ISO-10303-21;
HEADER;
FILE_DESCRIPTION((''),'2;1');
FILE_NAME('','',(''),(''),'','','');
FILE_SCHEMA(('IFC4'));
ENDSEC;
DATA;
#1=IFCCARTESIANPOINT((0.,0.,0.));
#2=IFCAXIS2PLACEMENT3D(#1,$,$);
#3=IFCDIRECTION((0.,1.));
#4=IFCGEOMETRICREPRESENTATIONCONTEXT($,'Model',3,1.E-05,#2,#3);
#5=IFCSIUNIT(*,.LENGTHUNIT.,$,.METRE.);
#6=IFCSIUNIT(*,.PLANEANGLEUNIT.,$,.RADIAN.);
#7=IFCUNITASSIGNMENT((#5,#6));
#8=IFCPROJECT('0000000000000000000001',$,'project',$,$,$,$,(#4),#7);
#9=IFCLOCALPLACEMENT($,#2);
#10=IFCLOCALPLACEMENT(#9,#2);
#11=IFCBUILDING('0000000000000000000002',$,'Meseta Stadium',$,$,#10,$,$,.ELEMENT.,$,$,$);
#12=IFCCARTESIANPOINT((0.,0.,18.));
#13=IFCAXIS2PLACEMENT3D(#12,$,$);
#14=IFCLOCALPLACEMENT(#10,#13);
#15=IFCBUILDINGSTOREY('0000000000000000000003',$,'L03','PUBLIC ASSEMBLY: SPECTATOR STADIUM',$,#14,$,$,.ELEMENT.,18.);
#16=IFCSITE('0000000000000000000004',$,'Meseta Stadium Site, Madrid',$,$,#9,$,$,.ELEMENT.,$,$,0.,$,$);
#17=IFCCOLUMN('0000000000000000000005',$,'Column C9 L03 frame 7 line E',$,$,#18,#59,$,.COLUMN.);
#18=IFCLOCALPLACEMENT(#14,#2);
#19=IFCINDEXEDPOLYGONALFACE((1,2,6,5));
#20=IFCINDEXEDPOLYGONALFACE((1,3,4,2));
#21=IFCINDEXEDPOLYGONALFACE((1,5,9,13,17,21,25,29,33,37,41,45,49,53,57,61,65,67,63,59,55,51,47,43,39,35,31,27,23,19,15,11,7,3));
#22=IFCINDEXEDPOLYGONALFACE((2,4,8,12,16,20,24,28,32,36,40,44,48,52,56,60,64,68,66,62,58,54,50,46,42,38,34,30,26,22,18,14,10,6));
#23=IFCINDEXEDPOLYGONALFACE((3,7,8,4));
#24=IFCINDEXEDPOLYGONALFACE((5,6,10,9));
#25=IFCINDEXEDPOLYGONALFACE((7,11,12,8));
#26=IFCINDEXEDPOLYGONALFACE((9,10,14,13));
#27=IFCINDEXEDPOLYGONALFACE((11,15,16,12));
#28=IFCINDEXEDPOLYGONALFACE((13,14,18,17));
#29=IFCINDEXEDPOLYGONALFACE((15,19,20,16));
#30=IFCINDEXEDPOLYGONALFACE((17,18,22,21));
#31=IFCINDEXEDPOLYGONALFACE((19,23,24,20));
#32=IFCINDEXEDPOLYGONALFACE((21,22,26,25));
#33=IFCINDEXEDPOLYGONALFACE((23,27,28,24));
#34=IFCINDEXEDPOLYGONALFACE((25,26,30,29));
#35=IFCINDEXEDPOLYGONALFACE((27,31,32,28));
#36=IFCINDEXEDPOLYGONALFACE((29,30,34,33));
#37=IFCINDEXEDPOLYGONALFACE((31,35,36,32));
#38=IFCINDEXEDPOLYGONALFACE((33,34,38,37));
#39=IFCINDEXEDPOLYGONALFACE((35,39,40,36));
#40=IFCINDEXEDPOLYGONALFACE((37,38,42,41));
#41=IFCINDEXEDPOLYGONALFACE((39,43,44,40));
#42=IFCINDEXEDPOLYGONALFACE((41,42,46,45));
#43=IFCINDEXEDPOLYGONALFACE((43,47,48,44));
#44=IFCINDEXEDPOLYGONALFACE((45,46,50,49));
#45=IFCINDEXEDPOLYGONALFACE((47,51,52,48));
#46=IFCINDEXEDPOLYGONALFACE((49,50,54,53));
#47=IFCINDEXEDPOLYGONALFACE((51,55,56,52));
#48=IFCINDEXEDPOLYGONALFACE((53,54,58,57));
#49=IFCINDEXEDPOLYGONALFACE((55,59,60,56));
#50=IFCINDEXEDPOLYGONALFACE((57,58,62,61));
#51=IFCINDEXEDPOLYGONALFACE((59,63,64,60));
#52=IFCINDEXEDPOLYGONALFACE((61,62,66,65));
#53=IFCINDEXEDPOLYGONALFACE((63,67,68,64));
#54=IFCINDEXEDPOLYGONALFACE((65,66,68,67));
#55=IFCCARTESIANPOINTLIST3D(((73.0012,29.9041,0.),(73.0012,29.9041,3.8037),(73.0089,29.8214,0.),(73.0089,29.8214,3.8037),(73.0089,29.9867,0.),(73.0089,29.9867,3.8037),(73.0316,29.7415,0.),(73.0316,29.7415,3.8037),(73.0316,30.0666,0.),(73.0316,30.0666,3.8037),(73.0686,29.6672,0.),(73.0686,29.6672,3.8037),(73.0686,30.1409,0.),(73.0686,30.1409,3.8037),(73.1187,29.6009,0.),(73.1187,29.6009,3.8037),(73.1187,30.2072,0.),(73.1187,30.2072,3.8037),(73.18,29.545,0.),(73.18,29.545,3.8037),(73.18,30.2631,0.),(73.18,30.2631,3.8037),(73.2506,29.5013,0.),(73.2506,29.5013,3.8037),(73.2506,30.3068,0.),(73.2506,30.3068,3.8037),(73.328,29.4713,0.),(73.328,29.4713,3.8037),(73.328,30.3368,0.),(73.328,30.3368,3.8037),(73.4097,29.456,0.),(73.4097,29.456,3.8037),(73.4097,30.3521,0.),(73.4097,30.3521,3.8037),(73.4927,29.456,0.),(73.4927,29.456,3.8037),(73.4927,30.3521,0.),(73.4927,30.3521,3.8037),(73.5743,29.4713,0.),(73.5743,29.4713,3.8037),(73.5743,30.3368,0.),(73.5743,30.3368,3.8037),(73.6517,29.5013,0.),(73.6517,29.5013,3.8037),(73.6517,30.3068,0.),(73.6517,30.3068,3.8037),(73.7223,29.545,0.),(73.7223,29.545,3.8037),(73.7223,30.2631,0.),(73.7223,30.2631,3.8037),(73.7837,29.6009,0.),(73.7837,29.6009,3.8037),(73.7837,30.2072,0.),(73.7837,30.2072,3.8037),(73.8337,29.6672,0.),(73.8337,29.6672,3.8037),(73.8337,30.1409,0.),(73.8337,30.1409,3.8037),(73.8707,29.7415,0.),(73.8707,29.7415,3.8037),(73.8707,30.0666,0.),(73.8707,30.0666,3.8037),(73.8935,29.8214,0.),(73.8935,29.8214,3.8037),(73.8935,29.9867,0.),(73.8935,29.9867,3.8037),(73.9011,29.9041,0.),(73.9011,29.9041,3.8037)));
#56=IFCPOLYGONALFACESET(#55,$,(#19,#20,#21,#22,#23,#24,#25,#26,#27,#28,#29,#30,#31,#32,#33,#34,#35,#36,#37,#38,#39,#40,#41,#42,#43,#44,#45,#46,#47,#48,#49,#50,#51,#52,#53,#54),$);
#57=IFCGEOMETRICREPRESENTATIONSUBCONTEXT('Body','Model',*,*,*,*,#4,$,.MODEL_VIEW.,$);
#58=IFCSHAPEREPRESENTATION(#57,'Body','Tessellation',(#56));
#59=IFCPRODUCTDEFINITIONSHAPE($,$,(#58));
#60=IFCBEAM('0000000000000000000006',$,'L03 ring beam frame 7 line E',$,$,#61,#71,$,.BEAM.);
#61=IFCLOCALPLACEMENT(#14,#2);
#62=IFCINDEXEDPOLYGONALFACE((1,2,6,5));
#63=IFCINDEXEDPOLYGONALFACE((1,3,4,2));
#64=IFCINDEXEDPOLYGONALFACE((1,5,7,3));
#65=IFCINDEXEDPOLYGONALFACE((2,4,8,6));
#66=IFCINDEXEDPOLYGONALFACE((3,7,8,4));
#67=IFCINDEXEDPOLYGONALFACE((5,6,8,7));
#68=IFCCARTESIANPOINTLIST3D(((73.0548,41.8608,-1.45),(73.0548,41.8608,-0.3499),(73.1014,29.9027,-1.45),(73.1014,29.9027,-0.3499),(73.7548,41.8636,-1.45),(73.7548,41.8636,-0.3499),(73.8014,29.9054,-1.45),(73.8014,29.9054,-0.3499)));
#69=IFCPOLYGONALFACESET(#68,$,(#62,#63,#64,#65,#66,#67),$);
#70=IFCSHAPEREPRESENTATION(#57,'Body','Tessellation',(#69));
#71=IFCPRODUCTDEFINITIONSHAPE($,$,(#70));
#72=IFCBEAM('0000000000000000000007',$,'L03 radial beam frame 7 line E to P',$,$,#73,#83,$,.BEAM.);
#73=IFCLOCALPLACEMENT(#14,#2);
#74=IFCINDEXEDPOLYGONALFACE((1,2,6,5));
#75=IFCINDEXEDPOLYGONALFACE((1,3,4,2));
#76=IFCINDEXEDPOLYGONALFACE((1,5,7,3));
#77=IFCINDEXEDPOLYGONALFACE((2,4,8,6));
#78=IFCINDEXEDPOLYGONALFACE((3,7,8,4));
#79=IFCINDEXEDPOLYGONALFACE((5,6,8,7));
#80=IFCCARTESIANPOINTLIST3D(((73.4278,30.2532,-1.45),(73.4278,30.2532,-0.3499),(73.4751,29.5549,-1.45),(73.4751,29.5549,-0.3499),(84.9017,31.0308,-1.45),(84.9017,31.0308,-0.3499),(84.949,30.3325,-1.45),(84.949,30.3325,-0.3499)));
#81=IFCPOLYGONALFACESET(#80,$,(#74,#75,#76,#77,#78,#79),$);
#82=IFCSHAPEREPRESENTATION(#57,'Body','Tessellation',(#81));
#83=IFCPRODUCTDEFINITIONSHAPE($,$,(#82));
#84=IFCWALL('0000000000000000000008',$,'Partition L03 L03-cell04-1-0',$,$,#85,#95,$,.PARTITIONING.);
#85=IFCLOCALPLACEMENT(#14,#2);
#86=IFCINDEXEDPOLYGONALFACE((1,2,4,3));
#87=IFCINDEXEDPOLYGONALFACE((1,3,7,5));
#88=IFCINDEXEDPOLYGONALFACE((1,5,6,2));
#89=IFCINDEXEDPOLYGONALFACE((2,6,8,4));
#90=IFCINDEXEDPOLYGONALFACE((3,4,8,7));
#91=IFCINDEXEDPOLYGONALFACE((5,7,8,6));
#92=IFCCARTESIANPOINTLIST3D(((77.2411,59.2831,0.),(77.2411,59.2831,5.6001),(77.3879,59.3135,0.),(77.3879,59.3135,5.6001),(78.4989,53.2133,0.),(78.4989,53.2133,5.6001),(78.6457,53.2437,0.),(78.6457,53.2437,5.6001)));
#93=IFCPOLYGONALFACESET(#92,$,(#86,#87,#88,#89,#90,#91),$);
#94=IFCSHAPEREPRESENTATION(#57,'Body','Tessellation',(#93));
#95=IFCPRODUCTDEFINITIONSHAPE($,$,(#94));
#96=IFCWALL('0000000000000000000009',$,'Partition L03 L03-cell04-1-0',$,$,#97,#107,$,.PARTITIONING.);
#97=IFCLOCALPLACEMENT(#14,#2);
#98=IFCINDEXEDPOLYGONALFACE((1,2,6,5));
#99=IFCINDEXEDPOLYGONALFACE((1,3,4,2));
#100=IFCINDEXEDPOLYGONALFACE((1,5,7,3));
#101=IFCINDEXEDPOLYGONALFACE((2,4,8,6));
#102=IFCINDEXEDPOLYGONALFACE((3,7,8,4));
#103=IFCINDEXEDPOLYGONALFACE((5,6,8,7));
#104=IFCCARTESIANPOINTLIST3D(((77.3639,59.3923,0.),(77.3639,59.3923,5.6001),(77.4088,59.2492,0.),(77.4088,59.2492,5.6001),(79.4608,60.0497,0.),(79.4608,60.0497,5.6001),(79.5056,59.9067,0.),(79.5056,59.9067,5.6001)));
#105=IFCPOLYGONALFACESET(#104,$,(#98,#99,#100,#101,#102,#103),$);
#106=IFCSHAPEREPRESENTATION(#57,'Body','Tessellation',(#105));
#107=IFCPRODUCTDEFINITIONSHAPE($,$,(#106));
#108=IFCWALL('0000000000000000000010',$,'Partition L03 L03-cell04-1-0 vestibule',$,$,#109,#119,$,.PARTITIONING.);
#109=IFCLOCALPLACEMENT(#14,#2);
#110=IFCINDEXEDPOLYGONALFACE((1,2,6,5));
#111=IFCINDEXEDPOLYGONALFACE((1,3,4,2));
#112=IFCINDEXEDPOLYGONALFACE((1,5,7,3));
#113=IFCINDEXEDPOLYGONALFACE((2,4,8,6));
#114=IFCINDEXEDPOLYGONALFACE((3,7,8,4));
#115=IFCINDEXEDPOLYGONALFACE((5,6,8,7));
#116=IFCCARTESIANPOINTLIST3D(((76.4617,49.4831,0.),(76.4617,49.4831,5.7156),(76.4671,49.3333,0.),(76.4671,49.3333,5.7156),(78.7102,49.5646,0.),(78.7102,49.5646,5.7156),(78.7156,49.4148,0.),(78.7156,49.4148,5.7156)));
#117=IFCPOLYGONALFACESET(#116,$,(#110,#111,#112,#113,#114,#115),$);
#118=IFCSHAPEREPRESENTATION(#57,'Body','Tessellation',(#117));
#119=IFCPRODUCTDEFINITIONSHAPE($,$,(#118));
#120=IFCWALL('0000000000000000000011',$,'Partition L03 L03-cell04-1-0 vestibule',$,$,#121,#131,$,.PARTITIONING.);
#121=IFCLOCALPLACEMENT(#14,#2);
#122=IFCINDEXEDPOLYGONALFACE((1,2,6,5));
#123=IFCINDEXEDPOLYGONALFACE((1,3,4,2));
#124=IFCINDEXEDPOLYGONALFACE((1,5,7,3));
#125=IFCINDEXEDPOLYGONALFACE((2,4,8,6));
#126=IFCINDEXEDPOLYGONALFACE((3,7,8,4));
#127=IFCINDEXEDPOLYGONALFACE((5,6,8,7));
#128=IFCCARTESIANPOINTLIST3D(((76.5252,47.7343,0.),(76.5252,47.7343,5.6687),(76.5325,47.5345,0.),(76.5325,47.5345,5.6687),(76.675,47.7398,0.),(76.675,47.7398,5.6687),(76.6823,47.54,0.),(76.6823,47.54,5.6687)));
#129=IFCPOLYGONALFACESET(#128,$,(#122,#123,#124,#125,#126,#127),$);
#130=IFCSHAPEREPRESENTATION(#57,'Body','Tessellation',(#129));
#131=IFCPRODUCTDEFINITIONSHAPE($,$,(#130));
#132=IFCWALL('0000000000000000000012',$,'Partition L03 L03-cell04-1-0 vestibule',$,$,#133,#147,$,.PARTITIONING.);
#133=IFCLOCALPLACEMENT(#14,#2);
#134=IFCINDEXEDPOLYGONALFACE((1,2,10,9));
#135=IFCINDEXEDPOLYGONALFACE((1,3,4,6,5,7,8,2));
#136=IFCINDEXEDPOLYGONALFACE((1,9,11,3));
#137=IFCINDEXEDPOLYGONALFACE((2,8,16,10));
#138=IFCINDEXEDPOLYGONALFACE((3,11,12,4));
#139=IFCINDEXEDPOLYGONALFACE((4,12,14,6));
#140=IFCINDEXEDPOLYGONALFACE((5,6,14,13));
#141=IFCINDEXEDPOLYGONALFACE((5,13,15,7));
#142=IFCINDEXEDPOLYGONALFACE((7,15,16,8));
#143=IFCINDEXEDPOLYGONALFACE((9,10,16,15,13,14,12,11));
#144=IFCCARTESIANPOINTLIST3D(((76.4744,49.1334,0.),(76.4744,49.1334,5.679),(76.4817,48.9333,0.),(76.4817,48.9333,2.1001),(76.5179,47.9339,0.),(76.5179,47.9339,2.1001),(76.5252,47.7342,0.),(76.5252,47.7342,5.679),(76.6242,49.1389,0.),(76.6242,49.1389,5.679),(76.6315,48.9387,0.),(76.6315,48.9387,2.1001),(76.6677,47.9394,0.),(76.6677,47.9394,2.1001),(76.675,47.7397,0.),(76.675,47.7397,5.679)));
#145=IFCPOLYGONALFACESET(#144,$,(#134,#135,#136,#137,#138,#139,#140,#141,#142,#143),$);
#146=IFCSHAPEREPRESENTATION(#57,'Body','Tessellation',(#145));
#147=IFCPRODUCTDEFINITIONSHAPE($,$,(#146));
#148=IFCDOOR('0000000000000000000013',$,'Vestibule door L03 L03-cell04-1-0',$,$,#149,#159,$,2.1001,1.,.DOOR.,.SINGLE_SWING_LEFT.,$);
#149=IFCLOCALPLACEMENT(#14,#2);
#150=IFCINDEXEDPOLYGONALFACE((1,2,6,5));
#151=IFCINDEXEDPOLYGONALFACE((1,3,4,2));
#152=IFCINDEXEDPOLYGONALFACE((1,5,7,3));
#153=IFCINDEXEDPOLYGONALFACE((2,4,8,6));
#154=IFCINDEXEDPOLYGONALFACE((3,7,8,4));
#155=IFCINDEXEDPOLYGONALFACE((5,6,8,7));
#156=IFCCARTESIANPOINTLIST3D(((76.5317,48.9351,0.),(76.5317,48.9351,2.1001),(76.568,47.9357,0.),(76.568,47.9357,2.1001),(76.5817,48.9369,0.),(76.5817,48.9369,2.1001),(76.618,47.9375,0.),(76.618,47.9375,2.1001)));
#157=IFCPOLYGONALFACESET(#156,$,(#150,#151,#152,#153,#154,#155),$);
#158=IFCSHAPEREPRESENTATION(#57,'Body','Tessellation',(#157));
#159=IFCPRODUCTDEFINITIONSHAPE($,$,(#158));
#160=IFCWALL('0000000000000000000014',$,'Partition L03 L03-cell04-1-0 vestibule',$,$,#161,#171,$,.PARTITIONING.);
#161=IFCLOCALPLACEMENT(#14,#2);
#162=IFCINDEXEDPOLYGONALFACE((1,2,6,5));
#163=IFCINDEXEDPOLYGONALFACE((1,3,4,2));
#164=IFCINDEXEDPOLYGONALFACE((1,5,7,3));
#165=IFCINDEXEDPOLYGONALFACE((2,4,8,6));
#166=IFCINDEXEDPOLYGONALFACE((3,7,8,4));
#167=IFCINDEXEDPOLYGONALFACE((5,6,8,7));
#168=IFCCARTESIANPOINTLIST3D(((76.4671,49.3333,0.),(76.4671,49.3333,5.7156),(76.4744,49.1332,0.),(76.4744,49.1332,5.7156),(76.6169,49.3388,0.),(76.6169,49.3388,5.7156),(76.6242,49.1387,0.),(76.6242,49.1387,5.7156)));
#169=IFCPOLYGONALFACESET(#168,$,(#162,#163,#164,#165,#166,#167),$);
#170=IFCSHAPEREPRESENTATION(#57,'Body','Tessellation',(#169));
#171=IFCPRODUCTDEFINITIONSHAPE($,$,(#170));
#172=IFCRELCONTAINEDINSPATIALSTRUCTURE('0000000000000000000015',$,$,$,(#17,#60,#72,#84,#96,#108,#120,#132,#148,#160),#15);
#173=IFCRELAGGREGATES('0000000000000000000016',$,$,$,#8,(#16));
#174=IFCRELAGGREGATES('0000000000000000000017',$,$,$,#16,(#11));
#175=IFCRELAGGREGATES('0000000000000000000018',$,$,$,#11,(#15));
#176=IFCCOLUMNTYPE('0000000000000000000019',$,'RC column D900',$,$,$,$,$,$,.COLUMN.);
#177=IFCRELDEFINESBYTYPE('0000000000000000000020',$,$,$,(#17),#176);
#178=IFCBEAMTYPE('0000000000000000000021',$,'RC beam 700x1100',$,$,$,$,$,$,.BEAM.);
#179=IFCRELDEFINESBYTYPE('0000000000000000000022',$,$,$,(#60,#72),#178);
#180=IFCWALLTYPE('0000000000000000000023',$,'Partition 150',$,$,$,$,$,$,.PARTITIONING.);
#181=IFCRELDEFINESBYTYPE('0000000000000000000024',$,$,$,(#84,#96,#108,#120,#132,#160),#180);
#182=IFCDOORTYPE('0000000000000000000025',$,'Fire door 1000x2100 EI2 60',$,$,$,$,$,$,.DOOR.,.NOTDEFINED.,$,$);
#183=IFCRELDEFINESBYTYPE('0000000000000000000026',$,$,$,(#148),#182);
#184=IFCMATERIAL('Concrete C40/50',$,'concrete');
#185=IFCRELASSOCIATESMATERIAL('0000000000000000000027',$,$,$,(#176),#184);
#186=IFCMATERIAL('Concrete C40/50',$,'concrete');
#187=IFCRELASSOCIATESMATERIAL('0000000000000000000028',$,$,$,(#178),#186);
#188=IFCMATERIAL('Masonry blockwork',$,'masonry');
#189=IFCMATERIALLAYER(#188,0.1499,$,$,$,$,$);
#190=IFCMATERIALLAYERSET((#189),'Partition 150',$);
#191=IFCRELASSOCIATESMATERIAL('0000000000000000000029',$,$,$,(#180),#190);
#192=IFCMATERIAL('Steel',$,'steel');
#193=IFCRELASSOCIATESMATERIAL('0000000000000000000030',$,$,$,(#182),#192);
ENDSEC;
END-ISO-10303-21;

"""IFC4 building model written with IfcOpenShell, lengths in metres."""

from ifc_helpers import new_model, si_unit, direction, frame, frame_2d, origin, origin_2d, place, context, subcontext, project, spatial, rectangle, circle, extrude, material, layer, layer_set, material_profile, profile_set, type_object, element, fill, save


model = new_model("IFC4")

# Units and contexts
model_context = context("Model", 3, precision=1e-05, world=origin(), true_north=direction((0.0, 1.0)))
body_context = subcontext(model_context, "Body", "Model", "MODEL_VIEW")
ifc_project = project(units=[si_unit("LENGTHUNIT", "METRE"), si_unit("PLANEANGLEUNIT", "RADIAN")], contexts=[model_context])

# Site, building, storey
site_placement = place(None, origin())
site = spatial("IfcSite", under=ifc_project, at=site_placement, Name="Meseta Stadium Site, Madrid", CompositionType="ELEMENT", RefElevation=0.0)
building_placement = place(site_placement, origin())
building = spatial("IfcBuilding", under=site, at=building_placement, Name="Meseta Stadium", CompositionType="ELEMENT")
storey_placement = place(building_placement, frame((0.0, 0.0, 18.0)))
storey = spatial("IfcBuildingStorey", under=building, at=storey_placement, Name="L03", Description="PUBLIC ASSEMBLY: SPECTATOR STADIUM", CompositionType="ELEMENT", Elevation=18.0)

# Column
ifc_material_1 = material(Name="Concrete C40/50", Category="concrete")
ifc_material_profile_1 = material_profile(ifc_material_1, circle(Radius=0.45, at=origin_2d()), Name="RC D900")
ifc_profile_set_1 = profile_set([ifc_material_profile_1], Name="Concrete C40/50")
column_type = type_object("IfcColumnType", Name="RC column D900", PredefinedType="COLUMN", material=ifc_profile_set_1)
column_placement = place(storey_placement, frame((73.4512, 29.9041, 0.0), z_axis=(0.0, 0.0, 1.0), x_axis=(1.0, 0.0, 0.0)))
element("IfcColumn", 1, at=column_placement, inside=storey, type_object=column_type, Name="Column C9 L03 frame 7 line E", PredefinedType="COLUMN", context=body_context, shape_type="SweptSolid", body=[
    extrude(circle(Radius=0.45, at=origin_2d()), origin(), (0.0, 0.0, 1.0), 3.8037),
])

# Beams
ifc_material_2 = material(Name="Concrete C40/50", Category="concrete")
ifc_material_profile_2 = material_profile(ifc_material_2, rectangle(XDim=0.7, YDim=1.1001, at=origin_2d()), Name="RC 700x1100")
ifc_profile_set_2 = profile_set([ifc_material_profile_2], Name="Concrete C40/50")
beam_type = type_object("IfcBeamType", Name="RC beam 700x1100", PredefinedType="BEAM", material=ifc_profile_set_2)
beam_1_placement = place(storey_placement, frame((73.4514, 29.9041, -0.8999), z_axis=(-0.003899, 0.999992, 0.0), x_axis=(-0.999992, -0.003899, 0.0)))
element("IfcBeam", 2, at=beam_1_placement, inside=storey, type_object=beam_type, Name="L03 ring beam frame 7 line E", PredefinedType="BEAM", context=body_context, shape_type="SweptSolid", body=[
    extrude(rectangle(XDim=0.7, YDim=1.1001, at=origin_2d()), origin(), (0.0, 0.0, 1.0), 11.9583),
])
beam_2_placement = place(storey_placement, frame((73.4514, 29.9041, -0.8999), z_axis=(0.997711, 0.067615, 0.0), x_axis=(-0.067615, 0.997711, 0.0)))
element("IfcBeam", 3, at=beam_2_placement, inside=storey, type_object=beam_type, Name="L03 radial beam frame 7 line E to P", PredefinedType="BEAM", context=body_context, shape_type="SweptSolid", body=[
    extrude(rectangle(XDim=0.7, YDim=1.1001, at=origin_2d()), origin(), (0.0, 0.0, 1.0), 11.5002),
])

# Walls
ifc_material_3 = material(Name="Masonry blockwork", Category="masonry")
ifc_layer = layer(ifc_material_3, 0.1499)
ifc_layer_set = layer_set([ifc_layer], Name="Partition 150")
wall_type = type_object("IfcWallType", Name="Partition 150", PredefinedType="PARTITIONING", material=ifc_layer_set)
wall_1_placement = place(storey_placement, frame((78.5723, 53.2285, 0.0), z_axis=(0.0, 0.0, 1.0), x_axis=(-0.202913, 0.979197, 0.0)))
element("IfcWall", 4, at=wall_1_placement, inside=storey, type_object=wall_type, Name="Partition L03 L03-cell04-1-0", PredefinedType="PARTITIONING", context=body_context, shape_type="SweptSolid", body=[
    extrude(rectangle(XDim=6.1987, YDim=0.1499, at=frame_2d((3.0994, 0.0))), origin(), (0.0, 0.0, 1.0), 5.6001),
])
wall_2_placement = place(storey_placement, frame((77.3865, 59.3208, 0.0), z_axis=(0.0, 0.0, 1.0), x_axis=(0.954197, 0.299179, 0.0)))
element("IfcWall", 5, at=wall_2_placement, inside=storey, type_object=wall_type, Name="Partition L03 L03-cell04-1-0", PredefinedType="PARTITIONING", context=body_context, shape_type="SweptSolid", body=[
    extrude(rectangle(XDim=2.1975, YDim=0.1499, at=frame_2d((1.0986, 0.0))), origin(), (0.0, 0.0, 1.0), 5.6001),
])
wall_3_placement = place(storey_placement, frame((78.7129, 49.4897, 0.0), z_axis=(0.0, 0.0, 1.0), x_axis=(-0.999343, -0.036241, 0.0)))
element("IfcWall", 6, at=wall_3_placement, inside=storey, type_object=wall_type, Name="Partition L03 L03-cell04-1-0 vestibule", PredefinedType="PARTITIONING", context=body_context, shape_type="SweptSolid", body=[
    extrude(rectangle(XDim=2.25, YDim=0.1499, at=frame_2d((1.125, 0.0))), origin(), (0.0, 0.0, 1.0), 5.7156),
])
wall_4_placement = place(storey_placement, frame((76.6074, 47.5371, 0.0), z_axis=(0.0, 0.0, 1.0), x_axis=(-0.03665, 0.999328, 0.0)))
element("IfcWall", 7, at=wall_4_placement, inside=storey, type_object=wall_type, Name="Partition L03 L03-cell04-1-0 vestibule", PredefinedType="PARTITIONING", context=body_context, shape_type="SweptSolid", body=[
    extrude(rectangle(XDim=0.2, YDim=0.1499, at=frame_2d((0.1001, 0.0))), origin(), (0.0, 0.0, 1.0), 5.6687),
])

# Wall, opening, door
wall_5_placement = place(storey_placement, frame((76.6001, 47.7368, 0.0), z_axis=(0.0, 0.0, 1.0), x_axis=(-0.03627, 0.999342, 0.0)))
wall_5 = element("IfcWall", 8, at=wall_5_placement, inside=storey, type_object=wall_type, Name="Partition L03 L03-cell04-1-0 vestibule", PredefinedType="PARTITIONING", context=body_context, shape_type="SweptSolid", body=[
    extrude(rectangle(XDim=1.4001, YDim=0.1499, at=frame_2d((0.7002, 0.0))), origin(), (0.0, 0.0, 1.0), 5.679),
])
opening_placement = place(wall_5_placement, frame((0.2, 0.0, 0.0)))
opening = element("IfcOpeningElement", 9, at=opening_placement, cuts=wall_5, PredefinedType="OPENING", context=body_context, shape_type="SweptSolid", body=[
    extrude(rectangle(XDim=1.0, YDim=2.1001, at=frame_2d((0.5, 1.05))), frame((0.0, 0.085, 0.0), z_axis=(0.0, -1.0, 0.0), x_axis=(1.0, 0.0, 0.0)), (0.0, 0.0, 1.0), 0.1699),
])
ifc_material_4 = material(Name="Steel", Category="steel")
door_type = type_object("IfcDoorType", Name="Fire door 1000x2100 EI2 60", OperationType="NOTDEFINED", PredefinedType="DOOR", material=ifc_material_4)
door_placement = place(opening_placement, origin())
door = element("IfcDoor", 10, at=door_placement, inside=storey, type_object=door_type, Name="Vestibule door L03 L03-cell04-1-0", OperationType="SINGLE_SWING_LEFT", OverallHeight=2.1001, OverallWidth=1.0, PredefinedType="DOOR", context=body_context, shape_type="SweptSolid", body=[
    extrude(rectangle(XDim=1.0, YDim=2.1001, at=frame_2d((0.5, 1.05))), frame((0.0, 0.0249, 0.0), z_axis=(0.0, -1.0, 0.0), x_axis=(1.0, 0.0, 0.0)), (0.0, 0.0, 1.0), 0.05),
])
fill(opening, door)

# Wall
wall_6_placement = place(storey_placement, frame((76.5493, 49.136, 0.0), z_axis=(0.0, 0.0, 1.0), x_axis=(-0.036605, 0.99933, 0.0)))
element("IfcWall", 11, at=wall_6_placement, inside=storey, type_object=wall_type, Name="Partition L03 L03-cell04-1-0 vestibule", PredefinedType="PARTITIONING", context=body_context, shape_type="SweptSolid", body=[
    extrude(rectangle(XDim=0.2002, YDim=0.1499, at=frame_2d((0.1001, 0.0))), origin(), (0.0, 0.0, 1.0), 5.7156),
])

save(model, "model.ifc")
